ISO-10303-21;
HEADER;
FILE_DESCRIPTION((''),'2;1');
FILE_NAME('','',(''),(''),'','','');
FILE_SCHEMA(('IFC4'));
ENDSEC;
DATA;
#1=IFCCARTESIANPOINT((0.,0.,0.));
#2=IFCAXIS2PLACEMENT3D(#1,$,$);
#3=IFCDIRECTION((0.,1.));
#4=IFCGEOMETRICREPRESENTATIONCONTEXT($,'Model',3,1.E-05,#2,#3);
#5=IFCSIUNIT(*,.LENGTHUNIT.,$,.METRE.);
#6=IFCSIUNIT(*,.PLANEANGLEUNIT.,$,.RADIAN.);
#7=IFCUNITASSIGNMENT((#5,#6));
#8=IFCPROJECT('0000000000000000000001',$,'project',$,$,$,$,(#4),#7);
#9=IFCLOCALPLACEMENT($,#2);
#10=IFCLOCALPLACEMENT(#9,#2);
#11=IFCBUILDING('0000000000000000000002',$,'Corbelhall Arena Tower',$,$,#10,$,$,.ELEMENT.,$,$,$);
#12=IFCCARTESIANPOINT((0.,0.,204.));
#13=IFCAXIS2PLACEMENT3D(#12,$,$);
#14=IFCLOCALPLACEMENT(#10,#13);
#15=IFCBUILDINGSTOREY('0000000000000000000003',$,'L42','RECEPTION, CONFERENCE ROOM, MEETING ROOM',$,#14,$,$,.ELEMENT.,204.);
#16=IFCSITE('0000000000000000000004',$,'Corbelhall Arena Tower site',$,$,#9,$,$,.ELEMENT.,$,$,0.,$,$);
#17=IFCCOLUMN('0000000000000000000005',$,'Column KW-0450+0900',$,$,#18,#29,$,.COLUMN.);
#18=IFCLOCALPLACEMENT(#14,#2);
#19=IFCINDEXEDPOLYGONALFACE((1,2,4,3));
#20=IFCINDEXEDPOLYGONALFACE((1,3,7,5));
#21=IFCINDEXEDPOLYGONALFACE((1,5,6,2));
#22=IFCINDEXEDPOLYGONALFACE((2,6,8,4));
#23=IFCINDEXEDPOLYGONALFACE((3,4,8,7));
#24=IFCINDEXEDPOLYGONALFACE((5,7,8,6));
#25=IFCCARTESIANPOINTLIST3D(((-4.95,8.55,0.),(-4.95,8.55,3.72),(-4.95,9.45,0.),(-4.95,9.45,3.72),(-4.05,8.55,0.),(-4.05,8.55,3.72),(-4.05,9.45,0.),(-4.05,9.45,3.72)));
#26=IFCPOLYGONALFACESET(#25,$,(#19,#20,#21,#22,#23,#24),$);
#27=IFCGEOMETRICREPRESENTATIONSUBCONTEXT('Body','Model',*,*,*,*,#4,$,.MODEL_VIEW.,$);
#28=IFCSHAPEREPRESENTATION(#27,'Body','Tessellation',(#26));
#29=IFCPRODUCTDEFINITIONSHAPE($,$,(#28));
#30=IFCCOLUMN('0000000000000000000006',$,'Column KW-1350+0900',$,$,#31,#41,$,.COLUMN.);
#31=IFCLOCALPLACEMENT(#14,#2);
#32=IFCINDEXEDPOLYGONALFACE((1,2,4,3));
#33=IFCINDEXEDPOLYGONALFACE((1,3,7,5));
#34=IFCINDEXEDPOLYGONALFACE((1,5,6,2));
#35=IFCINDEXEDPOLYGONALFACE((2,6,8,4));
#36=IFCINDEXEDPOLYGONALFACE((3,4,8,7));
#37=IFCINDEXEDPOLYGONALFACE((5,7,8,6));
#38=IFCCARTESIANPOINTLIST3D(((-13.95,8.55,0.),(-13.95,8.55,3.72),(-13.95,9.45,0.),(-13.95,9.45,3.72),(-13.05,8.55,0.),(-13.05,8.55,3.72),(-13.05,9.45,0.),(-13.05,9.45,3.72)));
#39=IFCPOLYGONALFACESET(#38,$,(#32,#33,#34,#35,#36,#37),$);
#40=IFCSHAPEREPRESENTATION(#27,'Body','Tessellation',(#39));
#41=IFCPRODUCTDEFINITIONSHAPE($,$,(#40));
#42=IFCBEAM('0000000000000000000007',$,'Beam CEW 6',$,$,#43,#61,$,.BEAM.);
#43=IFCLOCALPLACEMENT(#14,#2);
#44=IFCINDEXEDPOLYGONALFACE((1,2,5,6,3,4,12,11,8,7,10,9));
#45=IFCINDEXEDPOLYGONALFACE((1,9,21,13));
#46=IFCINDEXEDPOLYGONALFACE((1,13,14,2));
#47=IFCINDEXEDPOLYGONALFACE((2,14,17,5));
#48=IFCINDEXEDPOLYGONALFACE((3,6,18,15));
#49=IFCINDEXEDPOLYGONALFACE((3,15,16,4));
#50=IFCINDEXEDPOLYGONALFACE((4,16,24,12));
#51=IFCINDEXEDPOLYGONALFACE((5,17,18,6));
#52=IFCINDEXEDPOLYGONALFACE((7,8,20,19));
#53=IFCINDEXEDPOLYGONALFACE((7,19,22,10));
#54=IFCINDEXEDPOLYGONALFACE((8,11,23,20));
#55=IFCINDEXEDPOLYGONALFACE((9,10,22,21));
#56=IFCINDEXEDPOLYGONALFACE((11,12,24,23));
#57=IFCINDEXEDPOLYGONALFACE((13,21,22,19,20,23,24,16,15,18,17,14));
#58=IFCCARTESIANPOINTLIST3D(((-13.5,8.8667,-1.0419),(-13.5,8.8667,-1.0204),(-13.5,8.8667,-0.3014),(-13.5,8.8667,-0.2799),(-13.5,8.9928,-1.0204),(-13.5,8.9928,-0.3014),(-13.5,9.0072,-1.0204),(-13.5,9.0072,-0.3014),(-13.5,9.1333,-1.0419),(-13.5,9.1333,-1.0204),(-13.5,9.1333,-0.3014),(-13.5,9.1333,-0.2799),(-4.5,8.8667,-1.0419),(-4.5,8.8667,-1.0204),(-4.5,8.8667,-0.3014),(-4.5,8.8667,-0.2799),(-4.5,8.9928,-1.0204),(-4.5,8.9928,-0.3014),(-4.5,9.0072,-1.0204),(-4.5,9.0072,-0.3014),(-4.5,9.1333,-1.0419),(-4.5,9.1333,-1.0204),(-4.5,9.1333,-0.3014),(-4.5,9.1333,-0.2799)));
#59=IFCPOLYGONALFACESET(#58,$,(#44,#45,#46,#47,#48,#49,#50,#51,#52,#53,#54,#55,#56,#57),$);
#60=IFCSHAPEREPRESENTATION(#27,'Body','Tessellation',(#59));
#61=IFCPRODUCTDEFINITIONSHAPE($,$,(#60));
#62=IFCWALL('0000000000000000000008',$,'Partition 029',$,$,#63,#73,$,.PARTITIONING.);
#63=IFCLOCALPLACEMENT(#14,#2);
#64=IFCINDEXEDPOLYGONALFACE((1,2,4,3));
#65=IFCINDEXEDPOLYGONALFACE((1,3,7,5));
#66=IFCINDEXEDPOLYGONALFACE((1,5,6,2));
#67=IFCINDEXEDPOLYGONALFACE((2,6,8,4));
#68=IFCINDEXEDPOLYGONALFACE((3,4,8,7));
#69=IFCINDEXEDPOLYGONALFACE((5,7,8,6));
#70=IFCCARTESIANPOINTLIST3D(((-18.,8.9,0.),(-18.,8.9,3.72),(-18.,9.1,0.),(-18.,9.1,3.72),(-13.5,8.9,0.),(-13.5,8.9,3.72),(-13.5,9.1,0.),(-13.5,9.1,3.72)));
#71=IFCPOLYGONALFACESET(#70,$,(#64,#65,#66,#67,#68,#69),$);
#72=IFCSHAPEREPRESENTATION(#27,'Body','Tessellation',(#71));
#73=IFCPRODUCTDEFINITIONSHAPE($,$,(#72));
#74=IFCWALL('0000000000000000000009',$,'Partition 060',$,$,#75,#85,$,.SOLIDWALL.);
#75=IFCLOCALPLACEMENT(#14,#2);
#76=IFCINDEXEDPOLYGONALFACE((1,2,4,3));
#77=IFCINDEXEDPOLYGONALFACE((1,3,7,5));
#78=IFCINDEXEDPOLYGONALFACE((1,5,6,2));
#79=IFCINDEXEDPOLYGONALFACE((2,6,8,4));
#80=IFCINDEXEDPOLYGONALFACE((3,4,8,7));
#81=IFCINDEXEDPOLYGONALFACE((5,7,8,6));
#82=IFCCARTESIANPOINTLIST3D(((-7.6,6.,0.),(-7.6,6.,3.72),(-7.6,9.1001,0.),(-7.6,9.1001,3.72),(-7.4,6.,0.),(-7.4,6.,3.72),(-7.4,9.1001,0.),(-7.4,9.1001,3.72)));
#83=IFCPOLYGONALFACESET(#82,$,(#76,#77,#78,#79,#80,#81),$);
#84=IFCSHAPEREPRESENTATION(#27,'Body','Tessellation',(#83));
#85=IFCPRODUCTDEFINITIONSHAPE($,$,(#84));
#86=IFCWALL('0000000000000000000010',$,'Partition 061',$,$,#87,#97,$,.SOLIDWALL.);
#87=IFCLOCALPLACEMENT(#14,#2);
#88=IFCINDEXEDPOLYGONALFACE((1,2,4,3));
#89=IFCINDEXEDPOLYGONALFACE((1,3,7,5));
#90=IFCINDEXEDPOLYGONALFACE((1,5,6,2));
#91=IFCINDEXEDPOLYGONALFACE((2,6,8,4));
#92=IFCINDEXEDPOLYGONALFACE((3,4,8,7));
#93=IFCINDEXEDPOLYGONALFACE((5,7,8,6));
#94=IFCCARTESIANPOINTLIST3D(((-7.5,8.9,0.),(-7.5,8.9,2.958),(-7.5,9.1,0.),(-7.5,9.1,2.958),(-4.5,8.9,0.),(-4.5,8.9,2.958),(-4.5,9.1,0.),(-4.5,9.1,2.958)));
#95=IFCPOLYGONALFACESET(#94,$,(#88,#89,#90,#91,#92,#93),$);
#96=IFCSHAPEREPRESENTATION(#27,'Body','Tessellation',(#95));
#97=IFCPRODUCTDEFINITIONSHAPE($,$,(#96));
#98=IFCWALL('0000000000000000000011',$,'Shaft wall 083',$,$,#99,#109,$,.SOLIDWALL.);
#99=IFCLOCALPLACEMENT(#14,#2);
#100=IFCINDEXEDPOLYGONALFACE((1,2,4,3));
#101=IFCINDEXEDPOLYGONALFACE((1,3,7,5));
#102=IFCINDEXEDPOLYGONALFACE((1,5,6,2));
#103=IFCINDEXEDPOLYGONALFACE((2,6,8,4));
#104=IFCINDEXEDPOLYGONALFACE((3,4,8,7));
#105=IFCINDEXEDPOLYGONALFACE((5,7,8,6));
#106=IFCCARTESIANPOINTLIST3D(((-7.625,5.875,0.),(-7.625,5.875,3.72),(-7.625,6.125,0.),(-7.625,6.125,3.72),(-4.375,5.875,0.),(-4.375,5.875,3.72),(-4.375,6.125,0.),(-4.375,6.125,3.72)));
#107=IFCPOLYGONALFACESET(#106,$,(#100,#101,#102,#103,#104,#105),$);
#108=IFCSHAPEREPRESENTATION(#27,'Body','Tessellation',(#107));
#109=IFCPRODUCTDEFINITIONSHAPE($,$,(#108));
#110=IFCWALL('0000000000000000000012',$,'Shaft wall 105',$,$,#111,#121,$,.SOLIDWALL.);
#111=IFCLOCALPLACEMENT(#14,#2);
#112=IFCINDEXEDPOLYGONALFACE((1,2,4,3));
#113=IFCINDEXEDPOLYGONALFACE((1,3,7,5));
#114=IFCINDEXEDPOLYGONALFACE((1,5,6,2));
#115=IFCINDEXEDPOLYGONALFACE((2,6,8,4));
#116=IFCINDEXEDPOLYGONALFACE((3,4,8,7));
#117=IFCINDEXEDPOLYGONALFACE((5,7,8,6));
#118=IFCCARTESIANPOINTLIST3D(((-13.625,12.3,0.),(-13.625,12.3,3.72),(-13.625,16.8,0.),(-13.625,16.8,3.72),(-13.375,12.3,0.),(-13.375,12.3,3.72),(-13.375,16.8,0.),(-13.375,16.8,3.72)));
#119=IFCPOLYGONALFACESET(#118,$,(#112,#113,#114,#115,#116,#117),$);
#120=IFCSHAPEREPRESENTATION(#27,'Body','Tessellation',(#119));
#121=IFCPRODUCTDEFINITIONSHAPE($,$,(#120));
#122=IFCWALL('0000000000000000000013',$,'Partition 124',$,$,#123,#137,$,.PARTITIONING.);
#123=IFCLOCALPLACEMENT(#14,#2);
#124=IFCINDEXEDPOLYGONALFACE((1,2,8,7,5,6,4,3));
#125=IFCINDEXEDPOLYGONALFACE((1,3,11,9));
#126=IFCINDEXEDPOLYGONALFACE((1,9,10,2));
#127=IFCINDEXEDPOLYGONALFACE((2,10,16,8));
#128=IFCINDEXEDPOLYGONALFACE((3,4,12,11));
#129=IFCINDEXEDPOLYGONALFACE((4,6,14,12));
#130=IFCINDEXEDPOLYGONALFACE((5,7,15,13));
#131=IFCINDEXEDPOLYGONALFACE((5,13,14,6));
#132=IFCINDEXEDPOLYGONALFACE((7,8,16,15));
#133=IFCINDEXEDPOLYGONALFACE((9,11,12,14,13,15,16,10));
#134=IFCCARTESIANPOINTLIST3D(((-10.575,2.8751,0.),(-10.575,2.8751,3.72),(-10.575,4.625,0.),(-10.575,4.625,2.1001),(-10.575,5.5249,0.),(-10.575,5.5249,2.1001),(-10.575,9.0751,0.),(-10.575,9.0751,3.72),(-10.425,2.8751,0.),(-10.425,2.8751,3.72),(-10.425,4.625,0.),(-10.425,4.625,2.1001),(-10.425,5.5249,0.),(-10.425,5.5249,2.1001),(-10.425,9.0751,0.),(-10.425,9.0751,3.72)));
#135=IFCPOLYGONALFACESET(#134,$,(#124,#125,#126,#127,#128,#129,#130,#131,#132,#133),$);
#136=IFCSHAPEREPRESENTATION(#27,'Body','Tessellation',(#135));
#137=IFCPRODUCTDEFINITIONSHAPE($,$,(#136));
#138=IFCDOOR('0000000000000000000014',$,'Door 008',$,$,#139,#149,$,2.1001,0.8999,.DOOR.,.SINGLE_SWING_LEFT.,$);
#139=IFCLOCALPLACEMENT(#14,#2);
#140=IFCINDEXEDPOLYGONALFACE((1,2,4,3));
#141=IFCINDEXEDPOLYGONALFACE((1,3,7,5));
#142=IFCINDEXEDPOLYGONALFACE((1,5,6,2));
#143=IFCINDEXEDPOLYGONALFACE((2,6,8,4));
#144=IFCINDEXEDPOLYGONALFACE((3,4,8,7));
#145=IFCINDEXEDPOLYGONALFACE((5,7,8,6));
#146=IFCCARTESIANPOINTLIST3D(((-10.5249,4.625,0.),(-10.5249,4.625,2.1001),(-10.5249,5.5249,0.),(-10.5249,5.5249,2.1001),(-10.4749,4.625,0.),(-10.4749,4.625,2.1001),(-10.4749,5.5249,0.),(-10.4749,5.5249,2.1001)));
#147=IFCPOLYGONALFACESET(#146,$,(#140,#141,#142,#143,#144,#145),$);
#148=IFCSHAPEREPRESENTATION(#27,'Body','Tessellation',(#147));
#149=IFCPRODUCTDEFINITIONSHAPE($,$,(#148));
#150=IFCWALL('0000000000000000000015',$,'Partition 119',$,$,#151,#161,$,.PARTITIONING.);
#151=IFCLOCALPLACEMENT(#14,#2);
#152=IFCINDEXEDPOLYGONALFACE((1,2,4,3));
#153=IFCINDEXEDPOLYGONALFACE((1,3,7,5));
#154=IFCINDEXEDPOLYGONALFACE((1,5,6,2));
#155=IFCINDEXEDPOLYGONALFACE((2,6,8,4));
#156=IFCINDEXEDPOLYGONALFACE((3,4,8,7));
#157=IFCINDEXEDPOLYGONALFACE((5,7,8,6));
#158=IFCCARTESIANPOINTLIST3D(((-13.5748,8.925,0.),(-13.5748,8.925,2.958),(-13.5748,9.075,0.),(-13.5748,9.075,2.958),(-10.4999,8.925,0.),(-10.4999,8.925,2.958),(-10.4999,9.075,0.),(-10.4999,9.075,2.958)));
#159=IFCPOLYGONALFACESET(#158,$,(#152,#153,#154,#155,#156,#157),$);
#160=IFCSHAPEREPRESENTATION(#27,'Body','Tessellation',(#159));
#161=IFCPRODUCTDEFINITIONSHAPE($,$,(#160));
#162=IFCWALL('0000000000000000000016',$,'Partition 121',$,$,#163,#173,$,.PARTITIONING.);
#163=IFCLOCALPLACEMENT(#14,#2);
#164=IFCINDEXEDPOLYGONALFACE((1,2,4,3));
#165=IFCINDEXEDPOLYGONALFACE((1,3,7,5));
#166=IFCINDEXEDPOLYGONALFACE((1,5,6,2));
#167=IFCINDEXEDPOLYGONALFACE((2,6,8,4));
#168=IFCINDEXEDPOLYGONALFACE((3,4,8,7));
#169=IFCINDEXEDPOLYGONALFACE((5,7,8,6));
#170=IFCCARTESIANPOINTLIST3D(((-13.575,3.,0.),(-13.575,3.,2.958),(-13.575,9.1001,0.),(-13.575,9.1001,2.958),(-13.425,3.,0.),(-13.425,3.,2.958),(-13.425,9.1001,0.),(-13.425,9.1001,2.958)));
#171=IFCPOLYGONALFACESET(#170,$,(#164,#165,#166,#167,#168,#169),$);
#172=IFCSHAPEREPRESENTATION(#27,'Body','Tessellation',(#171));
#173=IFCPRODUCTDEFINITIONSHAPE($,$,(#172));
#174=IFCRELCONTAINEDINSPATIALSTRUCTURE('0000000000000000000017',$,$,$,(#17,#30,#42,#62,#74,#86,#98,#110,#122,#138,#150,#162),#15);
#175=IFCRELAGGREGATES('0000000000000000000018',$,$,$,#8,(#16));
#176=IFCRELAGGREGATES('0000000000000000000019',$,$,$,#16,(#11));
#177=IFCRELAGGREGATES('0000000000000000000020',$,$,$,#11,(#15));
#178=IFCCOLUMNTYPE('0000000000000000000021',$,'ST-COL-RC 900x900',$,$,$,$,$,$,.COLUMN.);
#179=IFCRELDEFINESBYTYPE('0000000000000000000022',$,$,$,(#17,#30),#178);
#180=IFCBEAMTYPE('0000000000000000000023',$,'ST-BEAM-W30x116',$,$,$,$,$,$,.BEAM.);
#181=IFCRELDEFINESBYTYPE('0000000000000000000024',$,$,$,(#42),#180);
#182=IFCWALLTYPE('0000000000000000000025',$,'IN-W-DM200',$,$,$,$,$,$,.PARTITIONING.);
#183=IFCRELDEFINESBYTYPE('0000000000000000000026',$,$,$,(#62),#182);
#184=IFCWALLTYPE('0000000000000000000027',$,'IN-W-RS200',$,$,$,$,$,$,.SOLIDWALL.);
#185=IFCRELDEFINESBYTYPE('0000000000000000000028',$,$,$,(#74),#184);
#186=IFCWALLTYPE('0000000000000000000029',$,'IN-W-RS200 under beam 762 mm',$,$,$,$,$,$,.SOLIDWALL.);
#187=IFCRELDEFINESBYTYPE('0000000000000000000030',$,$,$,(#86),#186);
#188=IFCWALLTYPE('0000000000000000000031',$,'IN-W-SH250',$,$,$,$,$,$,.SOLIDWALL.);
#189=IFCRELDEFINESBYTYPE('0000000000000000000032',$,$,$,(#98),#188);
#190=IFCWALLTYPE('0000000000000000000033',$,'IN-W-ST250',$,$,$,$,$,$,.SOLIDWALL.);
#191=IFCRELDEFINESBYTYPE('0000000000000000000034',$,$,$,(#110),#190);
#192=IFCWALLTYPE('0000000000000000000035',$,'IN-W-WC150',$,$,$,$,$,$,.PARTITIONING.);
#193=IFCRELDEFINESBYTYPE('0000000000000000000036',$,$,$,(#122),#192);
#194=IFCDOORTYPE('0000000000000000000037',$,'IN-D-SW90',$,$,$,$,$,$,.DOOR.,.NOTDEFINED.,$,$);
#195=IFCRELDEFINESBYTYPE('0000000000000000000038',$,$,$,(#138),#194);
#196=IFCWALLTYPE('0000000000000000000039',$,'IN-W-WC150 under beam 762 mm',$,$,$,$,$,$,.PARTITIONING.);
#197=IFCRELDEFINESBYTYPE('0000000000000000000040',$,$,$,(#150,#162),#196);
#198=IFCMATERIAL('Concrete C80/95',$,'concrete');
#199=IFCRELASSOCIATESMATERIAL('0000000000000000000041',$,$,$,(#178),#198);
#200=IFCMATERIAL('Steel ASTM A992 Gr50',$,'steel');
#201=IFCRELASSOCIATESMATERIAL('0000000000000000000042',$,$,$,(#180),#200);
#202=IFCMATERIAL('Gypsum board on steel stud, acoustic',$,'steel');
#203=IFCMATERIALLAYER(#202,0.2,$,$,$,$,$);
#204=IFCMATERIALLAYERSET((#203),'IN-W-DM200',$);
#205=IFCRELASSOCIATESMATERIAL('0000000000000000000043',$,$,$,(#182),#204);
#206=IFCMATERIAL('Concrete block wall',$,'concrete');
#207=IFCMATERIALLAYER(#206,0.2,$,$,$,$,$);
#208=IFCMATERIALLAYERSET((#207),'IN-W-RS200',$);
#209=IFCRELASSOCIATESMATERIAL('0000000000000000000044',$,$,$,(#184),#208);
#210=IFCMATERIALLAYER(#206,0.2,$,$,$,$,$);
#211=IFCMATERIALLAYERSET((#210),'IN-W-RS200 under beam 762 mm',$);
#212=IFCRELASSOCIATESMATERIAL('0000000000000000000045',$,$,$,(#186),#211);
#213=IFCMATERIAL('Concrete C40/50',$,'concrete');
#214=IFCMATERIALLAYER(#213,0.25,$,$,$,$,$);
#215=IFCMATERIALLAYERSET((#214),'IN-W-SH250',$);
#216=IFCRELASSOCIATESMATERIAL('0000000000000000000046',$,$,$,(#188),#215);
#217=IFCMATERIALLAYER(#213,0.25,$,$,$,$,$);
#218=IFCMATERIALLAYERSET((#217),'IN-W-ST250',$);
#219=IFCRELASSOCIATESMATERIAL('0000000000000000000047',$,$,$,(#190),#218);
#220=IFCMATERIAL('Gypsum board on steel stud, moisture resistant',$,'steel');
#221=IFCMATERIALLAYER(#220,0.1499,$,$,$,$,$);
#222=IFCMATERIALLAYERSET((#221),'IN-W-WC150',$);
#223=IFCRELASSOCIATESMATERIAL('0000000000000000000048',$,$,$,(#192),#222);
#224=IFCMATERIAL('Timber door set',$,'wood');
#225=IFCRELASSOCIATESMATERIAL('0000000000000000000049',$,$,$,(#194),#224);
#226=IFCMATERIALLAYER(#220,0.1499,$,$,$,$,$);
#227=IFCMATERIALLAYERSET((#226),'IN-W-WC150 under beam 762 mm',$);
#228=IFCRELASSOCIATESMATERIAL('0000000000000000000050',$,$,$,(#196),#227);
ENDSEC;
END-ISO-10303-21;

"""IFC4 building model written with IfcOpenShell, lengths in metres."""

from ifc_helpers import new_model, si_unit, direction, frame, frame_2d, origin, origin_2d, place, context, subcontext, project, spatial, rectangle, i_section, extrude, material, layer, layer_set, material_profile, profile_set, type_object, element, fill, save


model = new_model("IFC4")

# Units and contexts
model_context = context("Model", 3, precision=1e-05, world=origin(), true_north=direction((0.0, 1.0)))
body_context = subcontext(model_context, "Body", "Model", "MODEL_VIEW")
ifc_project = project(units=[si_unit("LENGTHUNIT", "METRE"), si_unit("PLANEANGLEUNIT", "RADIAN")], contexts=[model_context])

# Site, building, storey
site_placement = place(None, origin())
site = spatial("IfcSite", under=ifc_project, at=site_placement, Name="Corbelhall Arena Tower site", CompositionType="ELEMENT", RefElevation=0.0)
building_placement = place(site_placement, origin())
building = spatial("IfcBuilding", under=site, at=building_placement, Name="Corbelhall Arena Tower", CompositionType="ELEMENT")
storey_placement = place(building_placement, frame((0.0, 0.0, 204.0)))
storey = spatial("IfcBuildingStorey", under=building, at=storey_placement, Name="L42", Description="RECEPTION, CONFERENCE ROOM, MEETING ROOM", CompositionType="ELEMENT", Elevation=204.0)

# Columns
ifc_material_1 = material(Name="Concrete C80/95", Category="concrete")
ifc_material_profile_1 = material_profile(ifc_material_1, rectangle(XDim=0.8999, YDim=0.8999, at=origin_2d()))
ifc_profile_set_1 = profile_set([ifc_material_profile_1], Name="Concrete C80/95")
column_type = type_object("IfcColumnType", Name="ST-COL-RC 900x900", PredefinedType="COLUMN", material=ifc_profile_set_1)
for number, where, z_axis, x_axis, name in (
    (1, (-4.5, 9.0, 0.0), (0.0, 0.0, 1.0), (1.0, 0.0, 0.0), "Column KW-0450+0900"),
    (2, (-13.5, 9.0, 0.0), (0.0, 0.0, 1.0), (1.0, 0.0, 0.0), "Column KW-1350+0900"),
):
    element("IfcColumn", number, at=place(storey_placement, frame(where, z_axis=z_axis, x_axis=x_axis)), inside=storey, type_object=column_type, Name=name, PredefinedType="COLUMN", context=body_context, shape_type="SweptSolid", body=[
        extrude(rectangle(XDim=0.8999, YDim=0.8999, at=origin_2d()), origin(), (0.0, 0.0, 1.0), 3.72),
    ])

# Beam
ifc_material_2 = material(Name="Steel ASTM A992 Gr50", Category="steel")
ifc_material_profile_2 = material_profile(ifc_material_2, i_section(OverallWidth=0.2666, OverallDepth=0.762, WebThickness=0.0144, FlangeThickness=0.0215, at=origin_2d()))
ifc_profile_set_2 = profile_set([ifc_material_profile_2], Name="Steel ASTM A992 Gr50")
beam_type = type_object("IfcBeamType", Name="ST-BEAM-W30x116", PredefinedType="BEAM", material=ifc_profile_set_2)
beam_placement = place(storey_placement, frame((-13.5, 9.0, -0.6609), z_axis=(1.0, 0.0, 0.0), x_axis=(0.0, 1.0, 0.0)))
element("IfcBeam", 3, at=beam_placement, inside=storey, type_object=beam_type, Name="Beam CEW 6", PredefinedType="BEAM", context=body_context, shape_type="SweptSolid", body=[
    extrude(i_section(OverallWidth=0.2666, OverallDepth=0.762, WebThickness=0.0144, FlangeThickness=0.0215, at=origin_2d()), origin(), (0.0, 0.0, 1.0), 9.0),
])

# Walls
ifc_material_3 = material(Name="Gypsum board on steel stud, acoustic", Category="steel")
ifc_layer_1 = layer(ifc_material_3, 0.2)
ifc_layer_set_1 = layer_set([ifc_layer_1], Name="IN-W-DM200")
wall_type_1 = type_object("IfcWallType", Name="IN-W-DM200", PredefinedType="PARTITIONING", material=ifc_layer_set_1)
wall_1_placement = place(storey_placement, frame((-13.5, 9.0, 0.0), z_axis=(0.0, 0.0, 1.0), x_axis=(-1.0, 0.0, 0.0)))
element("IfcWall", 4, at=wall_1_placement, inside=storey, type_object=wall_type_1, Name="Partition 029", PredefinedType="PARTITIONING", context=body_context, shape_type="SweptSolid", body=[
    extrude(rectangle(XDim=4.5, YDim=0.2, at=frame_2d((2.25, 0.0))), origin(), (0.0, 0.0, 1.0), 3.72),
])
ifc_material_4 = material(Name="Concrete block wall", Category="concrete")
ifc_layer_2 = layer(ifc_material_4, 0.2)
ifc_layer_set_2 = layer_set([ifc_layer_2], Name="IN-W-RS200")
wall_type_2 = type_object("IfcWallType", Name="IN-W-RS200", PredefinedType="SOLIDWALL", material=ifc_layer_set_2)
wall_2_placement = place(storey_placement, frame((-7.5, 6.0, 0.0), z_axis=(0.0, 0.0, 1.0), x_axis=(0.0, 1.0, 0.0)))
element("IfcWall", 5, at=wall_2_placement, inside=storey, type_object=wall_type_2, Name="Partition 060", PredefinedType="SOLIDWALL", context=body_context, shape_type="SweptSolid", body=[
    extrude(rectangle(XDim=3.1001, YDim=0.2, at=frame_2d((1.55, 0.0))), origin(), (0.0, 0.0, 1.0), 3.72),
])
ifc_layer_3 = layer(ifc_material_4, 0.2)
ifc_layer_set_3 = layer_set([ifc_layer_3], Name="IN-W-RS200 under beam 762 mm")
wall_type_3 = type_object("IfcWallType", Name="IN-W-RS200 under beam 762 mm", PredefinedType="SOLIDWALL", material=ifc_layer_set_3)
wall_3_placement = place(storey_placement, frame((-7.5, 9.0, 0.0), z_axis=(0.0, 0.0, 1.0), x_axis=(1.0, 0.0, 0.0)))
element("IfcWall", 6, at=wall_3_placement, inside=storey, type_object=wall_type_3, Name="Partition 061", PredefinedType="SOLIDWALL", context=body_context, shape_type="SweptSolid", body=[
    extrude(rectangle(XDim=3.0, YDim=0.2, at=frame_2d((1.5, 0.0))), origin(), (0.0, 0.0, 1.0), 2.958),
])
ifc_material_5 = material(Name="Concrete C40/50", Category="concrete")
ifc_layer_4 = layer(ifc_material_5, 0.25)
ifc_layer_set_4 = layer_set([ifc_layer_4], Name="IN-W-SH250")
wall_type_4 = type_object("IfcWallType", Name="IN-W-SH250", PredefinedType="SOLIDWALL", material=ifc_layer_set_4)
wall_4_placement = place(storey_placement, frame((-7.625, 6.0, 0.0), z_axis=(0.0, 0.0, 1.0), x_axis=(1.0, 0.0, 0.0)))
element("IfcWall", 7, at=wall_4_placement, inside=storey, type_object=wall_type_4, Name="Shaft wall 083", PredefinedType="SOLIDWALL", context=body_context, shape_type="SweptSolid", body=[
    extrude(rectangle(XDim=3.25, YDim=0.25, at=frame_2d((1.625, 0.0))), origin(), (0.0, 0.0, 1.0), 3.72),
])
ifc_layer_5 = layer(ifc_material_5, 0.25)
ifc_layer_set_5 = layer_set([ifc_layer_5], Name="IN-W-ST250")
wall_type_5 = type_object("IfcWallType", Name="IN-W-ST250", PredefinedType="SOLIDWALL", material=ifc_layer_set_5)
wall_5_placement = place(storey_placement, frame((-13.5, 12.3, 0.0), z_axis=(0.0, 0.0, 1.0), x_axis=(0.0, 1.0, 0.0)))
element("IfcWall", 8, at=wall_5_placement, inside=storey, type_object=wall_type_5, Name="Shaft wall 105", PredefinedType="SOLIDWALL", context=body_context, shape_type="SweptSolid", body=[
    extrude(rectangle(XDim=4.5, YDim=0.25, at=frame_2d((2.25, 0.0))), origin(), (0.0, 0.0, 1.0), 3.72),
])

# Wall, opening, door
ifc_material_6 = material(Name="Gypsum board on steel stud, moisture resistant", Category="steel")
ifc_layer_6 = layer(ifc_material_6, 0.1499)
ifc_layer_set_6 = layer_set([ifc_layer_6], Name="IN-W-WC150")
wall_type_6 = type_object("IfcWallType", Name="IN-W-WC150", PredefinedType="PARTITIONING", material=ifc_layer_set_6)
wall_6_placement = place(storey_placement, frame((-10.5, 2.875, 0.0), z_axis=(0.0, 0.0, 1.0), x_axis=(0.0, 1.0, 0.0)))
wall_6 = element("IfcWall", 9, at=wall_6_placement, inside=storey, type_object=wall_type_6, Name="Partition 124", PredefinedType="PARTITIONING", context=body_context, shape_type="SweptSolid", body=[
    extrude(rectangle(XDim=6.2, YDim=0.1499, at=frame_2d((3.1001, 0.0))), origin(), (0.0, 0.0, 1.0), 3.72),
])
opening_placement = place(wall_6_placement, frame((1.75, 0.0, 0.0)))
opening = element("IfcOpeningElement", 10, at=opening_placement, cuts=wall_6, PredefinedType="OPENING", context=body_context, shape_type="SweptSolid", body=[
    extrude(rectangle(XDim=0.8999, YDim=2.1001, at=frame_2d((0.45, 1.05))), frame((0.0, 0.075, 0.0), z_axis=(0.0, -1.0, 0.0), x_axis=(1.0, 0.0, 0.0)), (0.0, 0.0, 1.0), 0.1499),
])
ifc_material_7 = material(Name="Timber door set", Category="wood")
door_type = type_object("IfcDoorType", Name="IN-D-SW90", OperationType="NOTDEFINED", PredefinedType="DOOR", material=ifc_material_7)
door_placement = place(opening_placement, origin())
door = element("IfcDoor", 11, at=door_placement, inside=storey, type_object=door_type, Name="Door 008", OperationType="SINGLE_SWING_LEFT", OverallHeight=2.1001, OverallWidth=0.8999, PredefinedType="DOOR", context=body_context, shape_type="SweptSolid", body=[
    extrude(rectangle(XDim=0.8999, YDim=2.1001, at=frame_2d((0.45, 1.05))), frame((0.0, 0.0249, 0.0), z_axis=(0.0, -1.0, 0.0), x_axis=(1.0, 0.0, 0.0)), (0.0, 0.0, 1.0), 0.05),
])
fill(opening, door)

# Walls
ifc_layer_7 = layer(ifc_material_6, 0.1499)
ifc_layer_set_7 = layer_set([ifc_layer_7], Name="IN-W-WC150 under beam 762 mm")
wall_type_7 = type_object("IfcWallType", Name="IN-W-WC150 under beam 762 mm", PredefinedType="PARTITIONING", material=ifc_layer_set_7)
wall_7_placement = place(storey_placement, frame((-13.575, 9.0, 0.0), z_axis=(0.0, 0.0, 1.0), x_axis=(1.0, 0.0, 0.0)))
element("IfcWall", 12, at=wall_7_placement, inside=storey, type_object=wall_type_7, Name="Partition 119", PredefinedType="PARTITIONING", context=body_context, shape_type="SweptSolid", body=[
    extrude(rectangle(XDim=3.075, YDim=0.1499, at=frame_2d((1.5376, 0.0))), origin(), (0.0, 0.0, 1.0), 2.958),
])
wall_8_placement = place(storey_placement, frame((-13.5, 3.0, 0.0), z_axis=(0.0, 0.0, 1.0), x_axis=(0.0, 1.0, 0.0)))
element("IfcWall", 13, at=wall_8_placement, inside=storey, type_object=wall_type_7, Name="Partition 121", PredefinedType="PARTITIONING", context=body_context, shape_type="SweptSolid", body=[
    extrude(rectangle(XDim=6.1001, YDim=0.1499, at=frame_2d((3.05, 0.0))), origin(), (0.0, 0.0, 1.0), 2.958),
])

save(model, "model.ifc")
